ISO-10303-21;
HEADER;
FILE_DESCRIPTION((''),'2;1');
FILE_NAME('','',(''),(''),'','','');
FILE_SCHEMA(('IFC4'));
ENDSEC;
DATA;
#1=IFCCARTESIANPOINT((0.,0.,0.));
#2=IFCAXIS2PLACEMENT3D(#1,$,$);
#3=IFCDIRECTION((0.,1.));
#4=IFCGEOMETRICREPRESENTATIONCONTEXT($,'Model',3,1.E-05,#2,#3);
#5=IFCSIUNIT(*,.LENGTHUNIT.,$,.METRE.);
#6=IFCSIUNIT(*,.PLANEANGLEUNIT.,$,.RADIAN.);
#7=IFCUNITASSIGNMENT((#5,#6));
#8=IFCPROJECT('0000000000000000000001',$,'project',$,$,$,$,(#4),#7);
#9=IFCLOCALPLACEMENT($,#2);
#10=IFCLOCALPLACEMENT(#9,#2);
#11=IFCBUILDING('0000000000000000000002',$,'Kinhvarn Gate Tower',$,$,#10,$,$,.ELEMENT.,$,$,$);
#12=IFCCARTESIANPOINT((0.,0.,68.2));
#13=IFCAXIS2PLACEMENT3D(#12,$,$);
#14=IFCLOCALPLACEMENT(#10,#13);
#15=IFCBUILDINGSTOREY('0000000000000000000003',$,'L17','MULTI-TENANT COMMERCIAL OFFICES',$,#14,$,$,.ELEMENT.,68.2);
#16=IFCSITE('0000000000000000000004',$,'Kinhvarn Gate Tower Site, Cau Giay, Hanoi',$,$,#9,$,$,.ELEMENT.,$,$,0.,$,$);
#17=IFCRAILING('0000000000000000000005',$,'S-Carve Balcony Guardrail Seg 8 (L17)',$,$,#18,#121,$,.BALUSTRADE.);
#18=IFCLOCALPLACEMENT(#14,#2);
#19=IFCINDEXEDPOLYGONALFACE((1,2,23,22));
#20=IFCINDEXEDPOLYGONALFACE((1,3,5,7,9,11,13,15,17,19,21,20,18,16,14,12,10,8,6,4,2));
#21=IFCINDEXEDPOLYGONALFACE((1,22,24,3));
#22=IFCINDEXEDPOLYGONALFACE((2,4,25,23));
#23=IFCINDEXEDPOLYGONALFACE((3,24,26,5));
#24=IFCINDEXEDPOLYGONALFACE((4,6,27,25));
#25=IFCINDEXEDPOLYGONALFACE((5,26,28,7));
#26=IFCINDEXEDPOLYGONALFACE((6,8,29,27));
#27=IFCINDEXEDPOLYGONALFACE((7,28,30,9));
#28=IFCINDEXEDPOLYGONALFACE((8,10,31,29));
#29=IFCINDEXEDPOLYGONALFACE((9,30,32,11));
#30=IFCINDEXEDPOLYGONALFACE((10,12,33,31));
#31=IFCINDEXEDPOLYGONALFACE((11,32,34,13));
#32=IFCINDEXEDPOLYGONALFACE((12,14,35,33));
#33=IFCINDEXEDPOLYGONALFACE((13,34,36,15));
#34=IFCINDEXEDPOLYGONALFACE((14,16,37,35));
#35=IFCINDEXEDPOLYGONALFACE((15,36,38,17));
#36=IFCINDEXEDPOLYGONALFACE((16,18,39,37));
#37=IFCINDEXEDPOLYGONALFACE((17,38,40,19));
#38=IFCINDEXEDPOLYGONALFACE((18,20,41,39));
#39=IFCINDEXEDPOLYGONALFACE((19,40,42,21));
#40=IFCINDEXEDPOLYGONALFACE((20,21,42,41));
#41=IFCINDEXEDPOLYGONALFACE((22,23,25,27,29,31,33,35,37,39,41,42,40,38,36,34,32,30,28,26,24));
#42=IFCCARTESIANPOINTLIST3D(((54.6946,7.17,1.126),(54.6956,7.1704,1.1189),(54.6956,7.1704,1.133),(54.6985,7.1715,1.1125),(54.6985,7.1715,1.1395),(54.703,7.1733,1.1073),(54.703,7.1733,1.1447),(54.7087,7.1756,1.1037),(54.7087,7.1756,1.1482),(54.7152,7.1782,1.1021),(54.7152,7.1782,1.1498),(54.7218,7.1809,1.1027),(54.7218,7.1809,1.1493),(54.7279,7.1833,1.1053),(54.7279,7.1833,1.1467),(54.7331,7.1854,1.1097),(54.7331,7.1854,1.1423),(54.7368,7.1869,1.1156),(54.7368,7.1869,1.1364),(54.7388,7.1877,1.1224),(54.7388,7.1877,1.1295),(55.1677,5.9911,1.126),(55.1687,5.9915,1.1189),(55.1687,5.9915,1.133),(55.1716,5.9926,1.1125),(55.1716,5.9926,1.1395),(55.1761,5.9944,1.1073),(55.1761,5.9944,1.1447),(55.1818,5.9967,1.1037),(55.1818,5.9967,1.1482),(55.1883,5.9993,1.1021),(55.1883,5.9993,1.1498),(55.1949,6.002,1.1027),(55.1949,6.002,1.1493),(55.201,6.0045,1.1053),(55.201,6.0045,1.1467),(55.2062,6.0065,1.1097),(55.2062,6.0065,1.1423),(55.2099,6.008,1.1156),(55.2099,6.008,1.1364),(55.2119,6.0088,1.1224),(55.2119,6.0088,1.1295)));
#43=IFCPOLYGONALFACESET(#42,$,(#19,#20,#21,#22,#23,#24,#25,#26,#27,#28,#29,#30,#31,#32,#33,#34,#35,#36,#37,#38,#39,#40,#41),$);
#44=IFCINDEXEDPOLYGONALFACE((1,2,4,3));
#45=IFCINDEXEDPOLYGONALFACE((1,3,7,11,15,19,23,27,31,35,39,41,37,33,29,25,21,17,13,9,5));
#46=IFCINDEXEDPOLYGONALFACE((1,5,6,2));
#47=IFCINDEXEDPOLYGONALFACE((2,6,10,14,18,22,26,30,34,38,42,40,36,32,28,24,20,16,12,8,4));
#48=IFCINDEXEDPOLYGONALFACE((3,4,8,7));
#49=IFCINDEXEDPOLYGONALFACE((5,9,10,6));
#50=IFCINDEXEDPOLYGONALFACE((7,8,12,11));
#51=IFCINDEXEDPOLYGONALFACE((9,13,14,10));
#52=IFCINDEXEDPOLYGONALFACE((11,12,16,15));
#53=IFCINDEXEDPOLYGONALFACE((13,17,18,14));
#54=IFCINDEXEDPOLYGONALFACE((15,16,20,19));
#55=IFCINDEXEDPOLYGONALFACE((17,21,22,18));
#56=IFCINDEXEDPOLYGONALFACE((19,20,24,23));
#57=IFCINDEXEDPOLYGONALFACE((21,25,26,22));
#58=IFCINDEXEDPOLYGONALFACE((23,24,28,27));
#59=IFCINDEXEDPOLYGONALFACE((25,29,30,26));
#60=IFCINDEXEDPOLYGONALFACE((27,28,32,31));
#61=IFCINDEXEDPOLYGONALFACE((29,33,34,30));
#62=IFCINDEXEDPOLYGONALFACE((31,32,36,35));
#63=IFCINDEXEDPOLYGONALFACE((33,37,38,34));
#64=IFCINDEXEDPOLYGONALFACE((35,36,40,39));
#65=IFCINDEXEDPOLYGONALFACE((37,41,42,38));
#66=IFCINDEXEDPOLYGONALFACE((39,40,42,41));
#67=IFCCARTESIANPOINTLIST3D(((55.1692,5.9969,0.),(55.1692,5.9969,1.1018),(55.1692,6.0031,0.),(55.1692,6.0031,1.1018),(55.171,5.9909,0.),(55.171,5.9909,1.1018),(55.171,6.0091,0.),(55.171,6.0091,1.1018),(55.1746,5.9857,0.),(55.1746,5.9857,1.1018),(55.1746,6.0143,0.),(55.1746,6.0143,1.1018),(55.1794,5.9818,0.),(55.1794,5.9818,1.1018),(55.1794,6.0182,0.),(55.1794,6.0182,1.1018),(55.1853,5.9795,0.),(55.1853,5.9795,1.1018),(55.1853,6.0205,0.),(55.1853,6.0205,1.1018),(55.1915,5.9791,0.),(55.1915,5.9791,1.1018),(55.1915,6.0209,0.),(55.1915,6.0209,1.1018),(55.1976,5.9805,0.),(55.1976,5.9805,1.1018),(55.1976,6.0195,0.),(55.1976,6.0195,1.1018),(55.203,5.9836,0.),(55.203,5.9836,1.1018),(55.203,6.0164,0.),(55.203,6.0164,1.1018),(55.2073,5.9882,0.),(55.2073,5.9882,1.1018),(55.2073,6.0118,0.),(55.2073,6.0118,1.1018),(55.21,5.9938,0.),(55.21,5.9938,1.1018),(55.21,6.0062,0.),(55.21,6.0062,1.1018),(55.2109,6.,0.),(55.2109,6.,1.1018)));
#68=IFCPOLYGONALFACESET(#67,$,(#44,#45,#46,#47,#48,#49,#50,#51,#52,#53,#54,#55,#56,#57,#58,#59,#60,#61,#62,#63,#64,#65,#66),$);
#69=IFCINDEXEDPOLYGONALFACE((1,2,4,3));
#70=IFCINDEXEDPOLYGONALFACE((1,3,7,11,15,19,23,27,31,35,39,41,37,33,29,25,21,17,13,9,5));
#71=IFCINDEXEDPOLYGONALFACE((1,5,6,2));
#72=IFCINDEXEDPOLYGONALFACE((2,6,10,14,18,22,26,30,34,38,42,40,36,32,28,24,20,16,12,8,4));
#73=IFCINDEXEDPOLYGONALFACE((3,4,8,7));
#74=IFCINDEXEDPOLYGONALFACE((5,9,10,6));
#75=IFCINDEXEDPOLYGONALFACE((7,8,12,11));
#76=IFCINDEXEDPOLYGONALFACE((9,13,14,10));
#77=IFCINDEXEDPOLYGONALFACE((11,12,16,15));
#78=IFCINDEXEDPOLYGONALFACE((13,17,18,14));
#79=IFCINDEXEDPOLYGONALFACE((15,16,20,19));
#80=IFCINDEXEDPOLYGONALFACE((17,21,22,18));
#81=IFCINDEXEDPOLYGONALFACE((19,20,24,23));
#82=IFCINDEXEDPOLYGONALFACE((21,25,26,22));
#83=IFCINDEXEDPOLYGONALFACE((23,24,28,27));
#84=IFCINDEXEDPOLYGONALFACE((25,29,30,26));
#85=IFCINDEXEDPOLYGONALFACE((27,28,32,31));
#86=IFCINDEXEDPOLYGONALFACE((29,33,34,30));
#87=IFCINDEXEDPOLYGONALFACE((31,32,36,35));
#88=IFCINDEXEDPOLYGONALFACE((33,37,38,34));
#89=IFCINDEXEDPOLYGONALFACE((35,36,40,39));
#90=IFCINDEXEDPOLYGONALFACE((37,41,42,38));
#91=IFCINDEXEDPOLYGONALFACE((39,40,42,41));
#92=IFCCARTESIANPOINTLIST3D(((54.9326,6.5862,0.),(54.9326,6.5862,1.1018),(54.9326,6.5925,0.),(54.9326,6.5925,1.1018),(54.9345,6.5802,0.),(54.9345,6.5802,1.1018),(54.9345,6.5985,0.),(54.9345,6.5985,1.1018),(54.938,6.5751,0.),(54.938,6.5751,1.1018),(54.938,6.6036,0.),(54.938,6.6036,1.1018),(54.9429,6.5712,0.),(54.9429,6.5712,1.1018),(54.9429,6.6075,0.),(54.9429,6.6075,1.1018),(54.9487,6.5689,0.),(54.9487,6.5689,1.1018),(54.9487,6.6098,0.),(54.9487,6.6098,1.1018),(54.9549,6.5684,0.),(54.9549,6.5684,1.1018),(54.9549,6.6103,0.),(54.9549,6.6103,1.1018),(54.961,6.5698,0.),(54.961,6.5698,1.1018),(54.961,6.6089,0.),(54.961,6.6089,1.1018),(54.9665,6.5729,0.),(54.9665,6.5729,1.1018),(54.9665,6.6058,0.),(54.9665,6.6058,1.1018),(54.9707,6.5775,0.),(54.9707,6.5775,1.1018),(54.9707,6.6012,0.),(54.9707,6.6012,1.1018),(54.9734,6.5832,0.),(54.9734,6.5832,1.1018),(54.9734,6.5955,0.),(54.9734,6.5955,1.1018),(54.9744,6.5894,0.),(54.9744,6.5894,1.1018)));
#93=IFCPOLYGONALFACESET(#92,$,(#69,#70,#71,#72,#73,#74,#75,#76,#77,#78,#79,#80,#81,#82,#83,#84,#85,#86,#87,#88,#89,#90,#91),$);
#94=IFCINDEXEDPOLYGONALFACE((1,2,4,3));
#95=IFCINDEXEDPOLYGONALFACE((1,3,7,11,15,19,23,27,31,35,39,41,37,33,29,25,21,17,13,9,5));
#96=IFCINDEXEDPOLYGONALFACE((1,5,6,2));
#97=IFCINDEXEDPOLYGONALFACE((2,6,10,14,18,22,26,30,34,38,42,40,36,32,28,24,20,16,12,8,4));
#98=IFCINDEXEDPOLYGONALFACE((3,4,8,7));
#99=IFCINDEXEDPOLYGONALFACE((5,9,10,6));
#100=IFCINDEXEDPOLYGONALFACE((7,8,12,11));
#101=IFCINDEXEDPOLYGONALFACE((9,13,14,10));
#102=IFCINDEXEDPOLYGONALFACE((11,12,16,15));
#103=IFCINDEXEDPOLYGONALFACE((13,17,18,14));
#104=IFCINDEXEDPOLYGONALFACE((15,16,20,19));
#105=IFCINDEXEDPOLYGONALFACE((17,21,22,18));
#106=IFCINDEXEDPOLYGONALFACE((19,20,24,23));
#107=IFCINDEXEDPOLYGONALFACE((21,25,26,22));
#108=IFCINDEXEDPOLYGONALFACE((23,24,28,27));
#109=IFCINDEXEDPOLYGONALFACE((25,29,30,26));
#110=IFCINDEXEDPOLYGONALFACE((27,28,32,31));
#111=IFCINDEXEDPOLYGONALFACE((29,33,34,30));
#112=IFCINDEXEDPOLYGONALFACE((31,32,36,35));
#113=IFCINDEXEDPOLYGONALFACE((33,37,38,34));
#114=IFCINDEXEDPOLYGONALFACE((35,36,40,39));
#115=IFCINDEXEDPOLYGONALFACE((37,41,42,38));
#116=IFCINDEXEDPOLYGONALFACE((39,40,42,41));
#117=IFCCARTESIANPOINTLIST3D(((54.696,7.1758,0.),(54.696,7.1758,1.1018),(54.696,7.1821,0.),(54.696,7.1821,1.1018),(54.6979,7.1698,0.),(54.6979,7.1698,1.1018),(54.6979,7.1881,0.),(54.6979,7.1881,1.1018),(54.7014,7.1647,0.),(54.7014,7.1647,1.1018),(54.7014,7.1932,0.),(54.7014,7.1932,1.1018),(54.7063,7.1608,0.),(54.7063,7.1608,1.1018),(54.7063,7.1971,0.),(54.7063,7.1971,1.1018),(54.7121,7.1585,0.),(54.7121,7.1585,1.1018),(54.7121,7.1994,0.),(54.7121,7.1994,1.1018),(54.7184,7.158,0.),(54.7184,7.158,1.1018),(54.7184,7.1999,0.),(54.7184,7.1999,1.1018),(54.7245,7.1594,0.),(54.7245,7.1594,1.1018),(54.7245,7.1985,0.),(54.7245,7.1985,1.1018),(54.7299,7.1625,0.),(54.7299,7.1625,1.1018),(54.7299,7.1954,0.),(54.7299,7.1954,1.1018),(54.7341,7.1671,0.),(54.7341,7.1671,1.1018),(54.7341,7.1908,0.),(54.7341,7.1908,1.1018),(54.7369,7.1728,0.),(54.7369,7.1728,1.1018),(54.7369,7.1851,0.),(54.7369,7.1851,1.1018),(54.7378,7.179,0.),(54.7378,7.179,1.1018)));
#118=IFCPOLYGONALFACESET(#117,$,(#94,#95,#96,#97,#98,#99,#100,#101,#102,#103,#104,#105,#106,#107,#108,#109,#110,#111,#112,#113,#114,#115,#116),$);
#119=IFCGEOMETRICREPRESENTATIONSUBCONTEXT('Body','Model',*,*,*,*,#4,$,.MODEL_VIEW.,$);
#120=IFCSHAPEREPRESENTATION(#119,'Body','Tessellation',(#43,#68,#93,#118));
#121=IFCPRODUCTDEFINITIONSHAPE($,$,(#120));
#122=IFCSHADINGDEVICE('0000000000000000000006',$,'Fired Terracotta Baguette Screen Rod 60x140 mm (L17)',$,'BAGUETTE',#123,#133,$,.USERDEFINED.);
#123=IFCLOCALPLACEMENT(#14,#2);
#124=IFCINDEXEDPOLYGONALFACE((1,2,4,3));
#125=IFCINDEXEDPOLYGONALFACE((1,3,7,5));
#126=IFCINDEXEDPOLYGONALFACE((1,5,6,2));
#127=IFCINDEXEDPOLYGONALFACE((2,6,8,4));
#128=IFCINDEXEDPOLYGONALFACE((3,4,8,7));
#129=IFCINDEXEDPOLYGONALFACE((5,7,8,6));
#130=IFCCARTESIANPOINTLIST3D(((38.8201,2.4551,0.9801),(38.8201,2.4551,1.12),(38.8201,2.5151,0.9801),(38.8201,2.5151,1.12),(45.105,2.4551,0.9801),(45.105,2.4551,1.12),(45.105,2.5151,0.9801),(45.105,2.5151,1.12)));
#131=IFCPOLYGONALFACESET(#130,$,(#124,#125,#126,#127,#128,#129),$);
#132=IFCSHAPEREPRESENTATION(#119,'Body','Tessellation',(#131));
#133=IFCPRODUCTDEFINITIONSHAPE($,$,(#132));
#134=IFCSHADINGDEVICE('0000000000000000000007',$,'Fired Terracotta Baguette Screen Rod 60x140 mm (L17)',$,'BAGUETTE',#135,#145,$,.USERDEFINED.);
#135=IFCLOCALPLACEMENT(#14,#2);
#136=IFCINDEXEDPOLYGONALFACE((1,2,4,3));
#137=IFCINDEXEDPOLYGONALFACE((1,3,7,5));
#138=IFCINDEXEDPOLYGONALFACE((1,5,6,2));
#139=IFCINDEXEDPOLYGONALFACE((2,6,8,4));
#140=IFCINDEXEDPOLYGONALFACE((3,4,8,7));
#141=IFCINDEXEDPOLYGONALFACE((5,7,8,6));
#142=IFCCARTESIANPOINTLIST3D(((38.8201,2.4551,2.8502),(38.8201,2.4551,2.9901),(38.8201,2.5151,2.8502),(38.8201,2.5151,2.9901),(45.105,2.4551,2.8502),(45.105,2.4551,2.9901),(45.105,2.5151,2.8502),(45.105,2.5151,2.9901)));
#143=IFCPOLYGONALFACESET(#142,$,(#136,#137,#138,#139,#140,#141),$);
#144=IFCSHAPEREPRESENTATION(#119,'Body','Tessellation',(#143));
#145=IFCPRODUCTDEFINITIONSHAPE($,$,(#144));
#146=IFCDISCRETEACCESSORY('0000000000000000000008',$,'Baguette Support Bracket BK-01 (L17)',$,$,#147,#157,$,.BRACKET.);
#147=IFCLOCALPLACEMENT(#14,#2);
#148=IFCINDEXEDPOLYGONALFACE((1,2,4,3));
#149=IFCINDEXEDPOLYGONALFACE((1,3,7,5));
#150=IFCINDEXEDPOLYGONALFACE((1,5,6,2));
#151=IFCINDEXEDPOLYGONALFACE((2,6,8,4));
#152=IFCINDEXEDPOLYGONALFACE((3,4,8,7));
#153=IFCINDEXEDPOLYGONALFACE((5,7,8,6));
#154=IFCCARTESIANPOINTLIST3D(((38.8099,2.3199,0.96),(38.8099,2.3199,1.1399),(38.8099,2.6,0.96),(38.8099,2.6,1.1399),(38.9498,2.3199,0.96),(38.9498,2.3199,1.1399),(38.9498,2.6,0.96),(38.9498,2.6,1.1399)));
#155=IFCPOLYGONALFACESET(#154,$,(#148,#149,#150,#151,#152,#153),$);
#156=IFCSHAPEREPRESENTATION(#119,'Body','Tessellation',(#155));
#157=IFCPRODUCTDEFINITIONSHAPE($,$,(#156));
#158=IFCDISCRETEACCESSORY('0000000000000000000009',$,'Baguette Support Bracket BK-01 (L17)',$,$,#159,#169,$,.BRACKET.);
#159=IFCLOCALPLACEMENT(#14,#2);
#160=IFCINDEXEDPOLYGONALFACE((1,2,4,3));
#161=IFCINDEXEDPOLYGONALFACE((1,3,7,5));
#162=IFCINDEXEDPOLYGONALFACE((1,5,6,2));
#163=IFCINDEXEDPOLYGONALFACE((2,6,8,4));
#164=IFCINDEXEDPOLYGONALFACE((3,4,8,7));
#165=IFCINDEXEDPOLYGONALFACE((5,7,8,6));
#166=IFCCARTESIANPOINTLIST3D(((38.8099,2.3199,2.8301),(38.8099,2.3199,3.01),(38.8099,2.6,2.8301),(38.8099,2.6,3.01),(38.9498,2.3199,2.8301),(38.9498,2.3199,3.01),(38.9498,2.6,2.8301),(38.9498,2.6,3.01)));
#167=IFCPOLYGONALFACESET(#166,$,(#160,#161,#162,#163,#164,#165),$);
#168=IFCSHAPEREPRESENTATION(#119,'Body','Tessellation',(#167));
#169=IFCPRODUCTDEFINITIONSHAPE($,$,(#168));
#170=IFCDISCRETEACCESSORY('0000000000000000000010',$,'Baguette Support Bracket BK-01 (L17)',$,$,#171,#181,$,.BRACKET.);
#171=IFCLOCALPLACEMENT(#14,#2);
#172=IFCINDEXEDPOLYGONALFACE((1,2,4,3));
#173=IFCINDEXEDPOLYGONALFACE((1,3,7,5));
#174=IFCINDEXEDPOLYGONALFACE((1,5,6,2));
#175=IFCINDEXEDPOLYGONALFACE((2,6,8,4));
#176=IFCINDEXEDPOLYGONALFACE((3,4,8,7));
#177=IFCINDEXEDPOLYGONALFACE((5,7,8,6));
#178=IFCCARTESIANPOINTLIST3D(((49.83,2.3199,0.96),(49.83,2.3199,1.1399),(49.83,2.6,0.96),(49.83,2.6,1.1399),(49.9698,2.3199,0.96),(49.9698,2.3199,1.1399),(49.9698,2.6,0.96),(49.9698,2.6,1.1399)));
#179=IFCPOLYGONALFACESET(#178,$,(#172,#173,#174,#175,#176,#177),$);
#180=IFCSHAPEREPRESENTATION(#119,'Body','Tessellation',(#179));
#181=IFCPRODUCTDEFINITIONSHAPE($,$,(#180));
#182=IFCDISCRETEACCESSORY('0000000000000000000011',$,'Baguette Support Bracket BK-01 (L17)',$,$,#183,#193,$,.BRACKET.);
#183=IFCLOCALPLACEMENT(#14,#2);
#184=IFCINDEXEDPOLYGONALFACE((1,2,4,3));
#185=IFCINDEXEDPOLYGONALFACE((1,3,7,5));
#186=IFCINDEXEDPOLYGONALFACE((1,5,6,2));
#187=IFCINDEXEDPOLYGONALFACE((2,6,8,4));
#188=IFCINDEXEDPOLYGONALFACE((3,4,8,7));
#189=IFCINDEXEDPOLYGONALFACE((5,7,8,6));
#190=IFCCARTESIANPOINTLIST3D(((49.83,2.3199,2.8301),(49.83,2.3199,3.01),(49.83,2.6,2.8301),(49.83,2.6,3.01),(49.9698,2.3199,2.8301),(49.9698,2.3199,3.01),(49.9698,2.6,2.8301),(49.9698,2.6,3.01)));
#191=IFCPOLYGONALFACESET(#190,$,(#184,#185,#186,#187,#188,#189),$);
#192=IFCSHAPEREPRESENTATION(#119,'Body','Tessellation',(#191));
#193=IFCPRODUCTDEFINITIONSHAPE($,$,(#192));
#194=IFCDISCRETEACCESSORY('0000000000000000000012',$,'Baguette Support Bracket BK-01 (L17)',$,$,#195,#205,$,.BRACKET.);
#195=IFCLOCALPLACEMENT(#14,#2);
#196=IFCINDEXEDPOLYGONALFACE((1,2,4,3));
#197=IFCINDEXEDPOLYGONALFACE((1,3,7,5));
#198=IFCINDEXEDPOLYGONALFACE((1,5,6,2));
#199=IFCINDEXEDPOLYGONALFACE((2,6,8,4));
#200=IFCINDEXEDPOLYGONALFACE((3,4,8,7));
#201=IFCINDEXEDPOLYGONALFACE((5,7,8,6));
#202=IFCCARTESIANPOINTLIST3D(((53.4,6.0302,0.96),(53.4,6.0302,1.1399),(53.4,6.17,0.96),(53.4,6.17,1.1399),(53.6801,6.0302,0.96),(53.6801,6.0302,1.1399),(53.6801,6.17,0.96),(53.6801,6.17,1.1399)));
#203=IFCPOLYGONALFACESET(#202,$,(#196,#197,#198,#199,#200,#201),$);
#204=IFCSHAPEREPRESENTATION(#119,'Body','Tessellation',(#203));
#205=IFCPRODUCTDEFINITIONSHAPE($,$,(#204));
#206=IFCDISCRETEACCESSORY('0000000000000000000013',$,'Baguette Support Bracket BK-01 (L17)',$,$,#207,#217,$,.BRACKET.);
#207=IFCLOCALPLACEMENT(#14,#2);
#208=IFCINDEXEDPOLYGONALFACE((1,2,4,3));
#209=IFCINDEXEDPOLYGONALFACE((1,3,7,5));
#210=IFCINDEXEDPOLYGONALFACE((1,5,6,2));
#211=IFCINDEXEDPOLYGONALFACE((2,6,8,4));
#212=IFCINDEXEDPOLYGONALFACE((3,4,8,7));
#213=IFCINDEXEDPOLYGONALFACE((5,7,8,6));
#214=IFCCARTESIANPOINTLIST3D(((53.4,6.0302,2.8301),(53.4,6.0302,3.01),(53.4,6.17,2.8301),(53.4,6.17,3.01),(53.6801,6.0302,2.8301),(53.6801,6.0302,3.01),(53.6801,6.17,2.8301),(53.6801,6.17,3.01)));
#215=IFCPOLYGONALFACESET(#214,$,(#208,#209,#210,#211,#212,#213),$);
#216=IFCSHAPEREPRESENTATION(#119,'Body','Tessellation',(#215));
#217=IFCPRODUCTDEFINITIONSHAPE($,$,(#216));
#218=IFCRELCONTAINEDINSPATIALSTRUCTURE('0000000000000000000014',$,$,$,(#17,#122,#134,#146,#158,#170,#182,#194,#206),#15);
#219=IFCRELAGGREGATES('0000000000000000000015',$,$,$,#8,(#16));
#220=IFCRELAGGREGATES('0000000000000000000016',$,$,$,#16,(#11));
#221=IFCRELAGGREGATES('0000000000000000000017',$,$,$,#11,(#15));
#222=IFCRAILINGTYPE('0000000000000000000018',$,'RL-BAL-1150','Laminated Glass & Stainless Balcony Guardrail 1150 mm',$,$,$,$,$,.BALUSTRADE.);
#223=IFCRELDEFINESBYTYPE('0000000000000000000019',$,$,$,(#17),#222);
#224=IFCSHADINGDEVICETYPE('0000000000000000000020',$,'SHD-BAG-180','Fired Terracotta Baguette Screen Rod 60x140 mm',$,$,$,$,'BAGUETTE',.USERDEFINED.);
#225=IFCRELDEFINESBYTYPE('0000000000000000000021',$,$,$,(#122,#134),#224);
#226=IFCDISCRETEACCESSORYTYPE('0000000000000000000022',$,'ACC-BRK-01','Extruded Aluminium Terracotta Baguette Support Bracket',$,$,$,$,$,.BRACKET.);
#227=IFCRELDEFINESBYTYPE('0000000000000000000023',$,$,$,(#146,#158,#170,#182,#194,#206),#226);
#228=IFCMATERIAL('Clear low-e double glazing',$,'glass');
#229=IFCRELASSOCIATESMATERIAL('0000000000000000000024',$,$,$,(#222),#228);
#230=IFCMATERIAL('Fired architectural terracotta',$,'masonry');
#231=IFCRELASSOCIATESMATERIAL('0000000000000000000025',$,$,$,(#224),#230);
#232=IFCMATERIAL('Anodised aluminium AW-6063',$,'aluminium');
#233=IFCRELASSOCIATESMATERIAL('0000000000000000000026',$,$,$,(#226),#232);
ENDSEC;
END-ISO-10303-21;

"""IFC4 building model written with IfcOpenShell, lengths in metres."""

from ifc_helpers import new_model, si_unit, direction, frame, origin, origin_2d, place, context, subcontext, project, spatial, rectangle, circle, extrude, material, material_profile, profile_set, type_object, element, save


model = new_model("IFC4")

# Units and contexts
model_context = context("Model", 3, precision=1e-05, world=origin(), true_north=direction((0.0, 1.0)))
body_context = subcontext(model_context, "Body", "Model", "MODEL_VIEW")
ifc_project = project(units=[si_unit("LENGTHUNIT", "METRE"), si_unit("PLANEANGLEUNIT", "RADIAN")], contexts=[model_context])

# Site, building, storey
site_placement = place(None, origin())
site = spatial("IfcSite", under=ifc_project, at=site_placement, Name="Kinhvarn Gate Tower Site, Cau Giay, Hanoi", CompositionType="ELEMENT", RefElevation=0.0)
building_placement = place(site_placement, origin())
building = spatial("IfcBuilding", under=site, at=building_placement, Name="Kinhvarn Gate Tower", CompositionType="ELEMENT")
storey_placement = place(building_placement, frame((0.0, 0.0, 68.2)))
storey = spatial("IfcBuildingStorey", under=building, at=storey_placement, Name="L17", Description="MULTI-TENANT COMMERCIAL OFFICES", CompositionType="ELEMENT", Elevation=68.2)

# Shared definitions
ifc_material_1 = material(Name="Anodised aluminium AW-6063", Category="aluminium")

# Shared definitions
ifc_material_2 = material(Name="Clear low-e double glazing", Category="glass")

# Shared definitions
ifc_material_3 = material(Name="Fired architectural terracotta", Category="masonry")

# Railing
railing_type = type_object("IfcRailingType", Name="RL-BAL-1150", Description="Laminated Glass & Stainless Balcony Guardrail 1150 mm", PredefinedType="BALUSTRADE", material=ifc_material_2)
railing_1_placement = place(storey_placement, frame((55.1899, 6.0, 0.0)))
element("IfcRailing", 1, at=railing_1_placement, inside=storey, type_object=railing_type, Name="S-Carve Balcony Guardrail Seg 8 (L17)", PredefinedType="BALUSTRADE", context=body_context, shape_type="SweptSolid", body=[
    extrude(circle(Radius=0.0239, at=origin_2d()), frame((0.0, 0.0, 1.126), z_axis=(-0.372451, 0.928052, 0.0), x_axis=(-0.928052, -0.372451, 0.0)), (0.0, 0.0, 1.0), 1.2703),
    extrude(circle(Radius=0.021, at=origin_2d()), origin(), (0.0, 0.0, 1.0), 1.1018),
    extrude(circle(Radius=0.021, at=origin_2d()), frame((-0.2366, 0.5894, 0.0)), (0.0, 0.0, 1.0), 1.1018),
    extrude(circle(Radius=0.021, at=origin_2d()), frame((-0.4731, 1.179, 0.0)), (0.0, 0.0, 1.0), 1.1018),
])

# Shading devices
ifc_material_profile_1 = material_profile(ifc_material_3, rectangle(XDim=0.0601, YDim=0.1399, at=origin_2d()), Name="TC 60x140")
ifc_profile_set_1 = profile_set([ifc_material_profile_1], Name="Fired architectural terracotta")
shading_device_type = type_object("IfcShadingDeviceType", Name="SHD-BAG-180", Description="Fired Terracotta Baguette Screen Rod 60x140 mm", ElementType="BAGUETTE", PredefinedType="USERDEFINED", material=ifc_profile_set_1)
for number, where, z_axis, x_axis, name in (
    (2, (38.8201, 2.4851, 1.05), (1.0, 0.0, 0.0), (0.0, 1.0, 0.0), "Fired Terracotta Baguette Screen Rod 60x140 mm (L17)"),
    (3, (38.8201, 2.4851, 2.9202), (1.0, 0.0, 0.0), (0.0, 1.0, 0.0), "Fired Terracotta Baguette Screen Rod 60x140 mm (L17)"),
):
    element("IfcShadingDevice", number, at=place(storey_placement, frame(where, z_axis=z_axis, x_axis=x_axis)), inside=storey, type_object=shading_device_type, Name=name, ObjectType="BAGUETTE", PredefinedType="USERDEFINED", context=body_context, shape_type="SweptSolid", body=[
        extrude(rectangle(XDim=0.0601, YDim=0.1399, at=origin_2d()), origin(), (0.0, 0.0, 1.0), 6.2849),
    ])

# Discrete accessories
discrete_accessory_type = type_object("IfcDiscreteAccessoryType", Name="ACC-BRK-01", Description="Extruded Aluminium Terracotta Baguette Support Bracket", PredefinedType="BRACKET", material=ifc_material_1)
for number, where, z_axis, x_axis, name in (
    (4, (38.8799, 2.46, 0.96), (0.0, 0.0, 1.0), (1.0, 0.0, 0.0), "Baguette Support Bracket BK-01 (L17)"),
    (5, (38.8799, 2.46, 2.8301), (0.0, 0.0, 1.0), (1.0, 0.0, 0.0), "Baguette Support Bracket BK-01 (L17)"),
    (6, (49.8999, 2.46, 0.96), (0.0, 0.0, 1.0), (1.0, 0.0, 0.0), "Baguette Support Bracket BK-01 (L17)"),
    (7, (49.8999, 2.46, 2.8301), (0.0, 0.0, 1.0), (1.0, 0.0, 0.0), "Baguette Support Bracket BK-01 (L17)"),
    (8, (53.54, 6.1001, 0.96), (0.0, 0.0, 1.0), (0.0, 1.0, 0.0), "Baguette Support Bracket BK-01 (L17)"),
    (9, (53.54, 6.1001, 2.8301), (0.0, 0.0, 1.0), (0.0, 1.0, 0.0), "Baguette Support Bracket BK-01 (L17)"),
):
    element("IfcDiscreteAccessory", number, at=place(storey_placement, frame(where, z_axis=z_axis, x_axis=x_axis)), inside=storey, type_object=discrete_accessory_type, Name=name, PredefinedType="BRACKET", context=body_context, shape_type="SweptSolid", body=[
        extrude(rectangle(XDim=0.1399, YDim=0.28, at=origin_2d()), origin(), (0.0, 0.0, 1.0), 0.1799),
    ])

save(model, "model.ifc")
